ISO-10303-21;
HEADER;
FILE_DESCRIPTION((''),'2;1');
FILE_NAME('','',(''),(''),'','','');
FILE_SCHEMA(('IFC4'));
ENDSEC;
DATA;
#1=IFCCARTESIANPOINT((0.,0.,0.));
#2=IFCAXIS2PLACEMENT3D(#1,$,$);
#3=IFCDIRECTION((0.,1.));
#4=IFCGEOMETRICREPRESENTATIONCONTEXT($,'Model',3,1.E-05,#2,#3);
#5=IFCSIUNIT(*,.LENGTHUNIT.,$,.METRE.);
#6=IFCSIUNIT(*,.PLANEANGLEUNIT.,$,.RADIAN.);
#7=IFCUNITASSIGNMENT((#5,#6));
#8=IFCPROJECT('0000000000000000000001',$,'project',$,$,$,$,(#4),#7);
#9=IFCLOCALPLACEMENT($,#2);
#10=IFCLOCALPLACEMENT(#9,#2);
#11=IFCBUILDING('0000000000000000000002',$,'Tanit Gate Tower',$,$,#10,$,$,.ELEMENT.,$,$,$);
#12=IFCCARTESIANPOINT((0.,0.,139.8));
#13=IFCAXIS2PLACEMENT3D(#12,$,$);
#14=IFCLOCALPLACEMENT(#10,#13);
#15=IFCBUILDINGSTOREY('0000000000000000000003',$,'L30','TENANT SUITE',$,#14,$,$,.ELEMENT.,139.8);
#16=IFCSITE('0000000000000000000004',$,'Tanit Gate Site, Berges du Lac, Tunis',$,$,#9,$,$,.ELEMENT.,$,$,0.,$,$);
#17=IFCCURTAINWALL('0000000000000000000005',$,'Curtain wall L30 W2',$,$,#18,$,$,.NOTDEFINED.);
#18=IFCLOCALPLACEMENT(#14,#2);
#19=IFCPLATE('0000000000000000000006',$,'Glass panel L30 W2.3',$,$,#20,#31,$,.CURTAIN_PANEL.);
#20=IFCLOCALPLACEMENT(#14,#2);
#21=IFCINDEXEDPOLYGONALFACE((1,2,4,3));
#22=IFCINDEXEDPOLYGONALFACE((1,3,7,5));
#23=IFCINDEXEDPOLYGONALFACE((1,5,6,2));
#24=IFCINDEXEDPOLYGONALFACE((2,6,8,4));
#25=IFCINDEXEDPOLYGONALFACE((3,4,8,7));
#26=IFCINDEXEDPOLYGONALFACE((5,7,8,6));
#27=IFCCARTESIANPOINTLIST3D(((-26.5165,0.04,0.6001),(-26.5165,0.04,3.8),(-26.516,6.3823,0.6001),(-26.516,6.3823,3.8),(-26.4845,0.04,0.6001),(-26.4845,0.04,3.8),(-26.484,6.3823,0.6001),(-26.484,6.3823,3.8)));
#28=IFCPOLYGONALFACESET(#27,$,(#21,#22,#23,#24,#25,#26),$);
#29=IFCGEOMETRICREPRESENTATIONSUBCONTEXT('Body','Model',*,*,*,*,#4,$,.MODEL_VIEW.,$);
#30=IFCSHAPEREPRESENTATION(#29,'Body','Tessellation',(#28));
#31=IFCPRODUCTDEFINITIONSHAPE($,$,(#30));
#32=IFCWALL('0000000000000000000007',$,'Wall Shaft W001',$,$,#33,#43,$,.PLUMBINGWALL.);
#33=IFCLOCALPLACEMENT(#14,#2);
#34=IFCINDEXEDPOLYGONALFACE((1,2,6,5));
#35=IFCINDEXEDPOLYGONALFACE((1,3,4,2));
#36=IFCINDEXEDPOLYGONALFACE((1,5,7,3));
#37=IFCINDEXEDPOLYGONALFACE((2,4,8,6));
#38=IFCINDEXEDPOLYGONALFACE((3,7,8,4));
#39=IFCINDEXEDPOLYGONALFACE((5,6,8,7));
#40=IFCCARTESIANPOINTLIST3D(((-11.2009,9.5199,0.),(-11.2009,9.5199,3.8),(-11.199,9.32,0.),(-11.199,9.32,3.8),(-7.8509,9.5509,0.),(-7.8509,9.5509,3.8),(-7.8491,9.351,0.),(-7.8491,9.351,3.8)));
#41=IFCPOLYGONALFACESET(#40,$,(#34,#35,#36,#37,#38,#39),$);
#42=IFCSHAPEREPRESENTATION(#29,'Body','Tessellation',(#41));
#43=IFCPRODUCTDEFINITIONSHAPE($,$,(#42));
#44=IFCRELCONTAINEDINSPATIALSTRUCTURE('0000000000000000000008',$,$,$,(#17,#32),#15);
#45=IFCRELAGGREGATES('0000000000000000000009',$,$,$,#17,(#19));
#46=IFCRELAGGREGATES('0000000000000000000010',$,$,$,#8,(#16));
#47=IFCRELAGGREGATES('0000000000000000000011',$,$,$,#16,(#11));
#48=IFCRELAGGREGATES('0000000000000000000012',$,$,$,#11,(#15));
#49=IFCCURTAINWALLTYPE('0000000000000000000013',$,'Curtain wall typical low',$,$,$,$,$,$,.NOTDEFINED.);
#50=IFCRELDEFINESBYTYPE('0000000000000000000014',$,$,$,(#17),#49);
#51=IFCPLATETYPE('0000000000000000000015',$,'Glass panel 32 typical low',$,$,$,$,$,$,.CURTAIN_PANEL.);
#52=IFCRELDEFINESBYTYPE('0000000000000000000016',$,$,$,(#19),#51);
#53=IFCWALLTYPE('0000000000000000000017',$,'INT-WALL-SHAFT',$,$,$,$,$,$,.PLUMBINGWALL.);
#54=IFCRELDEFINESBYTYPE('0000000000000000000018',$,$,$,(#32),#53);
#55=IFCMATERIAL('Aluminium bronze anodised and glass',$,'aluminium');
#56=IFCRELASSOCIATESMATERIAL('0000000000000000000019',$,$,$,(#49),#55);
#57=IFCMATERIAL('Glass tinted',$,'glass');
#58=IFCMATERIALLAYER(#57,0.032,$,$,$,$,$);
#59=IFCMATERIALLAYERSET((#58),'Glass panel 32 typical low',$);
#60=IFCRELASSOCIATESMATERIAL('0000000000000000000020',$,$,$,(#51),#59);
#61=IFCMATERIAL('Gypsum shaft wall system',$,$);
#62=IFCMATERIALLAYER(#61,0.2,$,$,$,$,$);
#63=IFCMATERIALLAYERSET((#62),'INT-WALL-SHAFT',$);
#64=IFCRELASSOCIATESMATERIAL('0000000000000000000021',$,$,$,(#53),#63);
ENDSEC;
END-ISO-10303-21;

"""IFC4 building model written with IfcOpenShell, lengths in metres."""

from ifc_helpers import new_model, si_unit, direction, frame, frame_2d, origin, origin_2d, place, context, subcontext, project, spatial, rectangle, extrude, material, layer, layer_set, type_object, element, aggregate, save


model = new_model("IFC4")

# Units and contexts
model_context = context("Model", 3, precision=1e-05, world=origin(), true_north=direction((0.0, 1.0)))
body_context = subcontext(model_context, "Body", "Model", "MODEL_VIEW")
ifc_project = project(units=[si_unit("LENGTHUNIT", "METRE"), si_unit("PLANEANGLEUNIT", "RADIAN")], contexts=[model_context])

# Site, building, storey
site_placement = place(None, origin())
site = spatial("IfcSite", under=ifc_project, at=site_placement, Name="Tanit Gate Site, Berges du Lac, Tunis", CompositionType="ELEMENT", RefElevation=0.0)
building_placement = place(site_placement, origin())
building = spatial("IfcBuilding", under=site, at=building_placement, Name="Tanit Gate Tower", CompositionType="ELEMENT")
storey_placement = place(building_placement, frame((0.0, 0.0, 139.8)))
storey = spatial("IfcBuildingStorey", under=building, at=storey_placement, Name="L30", Description="TENANT SUITE", CompositionType="ELEMENT", Elevation=139.8)

# Curtain wall
ifc_material_1 = material(Name="Aluminium bronze anodised and glass", Category="aluminium")
curtain_wall_type = type_object("IfcCurtainWallType", Name="Curtain wall typical low", PredefinedType="NOTDEFINED", material=ifc_material_1)
curtain_wall_placement = place(storey_placement, origin())
curtain_wall = element("IfcCurtainWall", 1, at=curtain_wall_placement, inside=storey, type_object=curtain_wall_type, Name="Curtain wall L30 W2", PredefinedType="NOTDEFINED")

# Plate
ifc_material_2 = material(Name="Glass tinted", Category="glass")
ifc_layer_1 = layer(ifc_material_2, 0.032)
ifc_layer_set_1 = layer_set([ifc_layer_1], Name="Glass panel 32 typical low")
plate_type = type_object("IfcPlateType", Name="Glass panel 32 typical low", PredefinedType="CURTAIN_PANEL", material=ifc_layer_set_1)
plate_placement = place(storey_placement, frame((-26.5002, 3.2112, 0.6001), z_axis=(0.0, 0.0, 1.0), x_axis=(-0.000069, -1.0, 0.0)))
plate = element("IfcPlate", 2, at=plate_placement, type_object=plate_type, Name="Glass panel L30 W2.3", PredefinedType="CURTAIN_PANEL", context=body_context, shape_type="SweptSolid", body=[
    extrude(rectangle(XDim=6.3423, YDim=0.032, at=origin_2d()), origin(), (0.0, 0.0, 1.0), 3.2),
])
aggregate(curtain_wall, [plate])

# Wall
ifc_material_3 = material(Name="Gypsum shaft wall system")
ifc_layer_2 = layer(ifc_material_3, 0.2)
ifc_layer_set_2 = layer_set([ifc_layer_2], Name="INT-WALL-SHAFT")
wall_type = type_object("IfcWallType", Name="INT-WALL-SHAFT", PredefinedType="PLUMBINGWALL", material=ifc_layer_set_2)
wall_placement = place(storey_placement, frame((-11.2, 9.4199, 0.0), z_axis=(0.0, 0.0, 1.0), x_axis=(0.999957, 0.009255, 0.0)))
element("IfcWall", 3, at=wall_placement, inside=storey, type_object=wall_type, Name="Wall Shaft W001", PredefinedType="PLUMBINGWALL", context=body_context, shape_type="SweptSolid", body=[
    extrude(rectangle(XDim=3.3501, YDim=0.2, at=frame_2d((1.675, 0.0))), origin(), (0.0, 0.0, 1.0), 3.8),
])

save(model, "model.ifc")
